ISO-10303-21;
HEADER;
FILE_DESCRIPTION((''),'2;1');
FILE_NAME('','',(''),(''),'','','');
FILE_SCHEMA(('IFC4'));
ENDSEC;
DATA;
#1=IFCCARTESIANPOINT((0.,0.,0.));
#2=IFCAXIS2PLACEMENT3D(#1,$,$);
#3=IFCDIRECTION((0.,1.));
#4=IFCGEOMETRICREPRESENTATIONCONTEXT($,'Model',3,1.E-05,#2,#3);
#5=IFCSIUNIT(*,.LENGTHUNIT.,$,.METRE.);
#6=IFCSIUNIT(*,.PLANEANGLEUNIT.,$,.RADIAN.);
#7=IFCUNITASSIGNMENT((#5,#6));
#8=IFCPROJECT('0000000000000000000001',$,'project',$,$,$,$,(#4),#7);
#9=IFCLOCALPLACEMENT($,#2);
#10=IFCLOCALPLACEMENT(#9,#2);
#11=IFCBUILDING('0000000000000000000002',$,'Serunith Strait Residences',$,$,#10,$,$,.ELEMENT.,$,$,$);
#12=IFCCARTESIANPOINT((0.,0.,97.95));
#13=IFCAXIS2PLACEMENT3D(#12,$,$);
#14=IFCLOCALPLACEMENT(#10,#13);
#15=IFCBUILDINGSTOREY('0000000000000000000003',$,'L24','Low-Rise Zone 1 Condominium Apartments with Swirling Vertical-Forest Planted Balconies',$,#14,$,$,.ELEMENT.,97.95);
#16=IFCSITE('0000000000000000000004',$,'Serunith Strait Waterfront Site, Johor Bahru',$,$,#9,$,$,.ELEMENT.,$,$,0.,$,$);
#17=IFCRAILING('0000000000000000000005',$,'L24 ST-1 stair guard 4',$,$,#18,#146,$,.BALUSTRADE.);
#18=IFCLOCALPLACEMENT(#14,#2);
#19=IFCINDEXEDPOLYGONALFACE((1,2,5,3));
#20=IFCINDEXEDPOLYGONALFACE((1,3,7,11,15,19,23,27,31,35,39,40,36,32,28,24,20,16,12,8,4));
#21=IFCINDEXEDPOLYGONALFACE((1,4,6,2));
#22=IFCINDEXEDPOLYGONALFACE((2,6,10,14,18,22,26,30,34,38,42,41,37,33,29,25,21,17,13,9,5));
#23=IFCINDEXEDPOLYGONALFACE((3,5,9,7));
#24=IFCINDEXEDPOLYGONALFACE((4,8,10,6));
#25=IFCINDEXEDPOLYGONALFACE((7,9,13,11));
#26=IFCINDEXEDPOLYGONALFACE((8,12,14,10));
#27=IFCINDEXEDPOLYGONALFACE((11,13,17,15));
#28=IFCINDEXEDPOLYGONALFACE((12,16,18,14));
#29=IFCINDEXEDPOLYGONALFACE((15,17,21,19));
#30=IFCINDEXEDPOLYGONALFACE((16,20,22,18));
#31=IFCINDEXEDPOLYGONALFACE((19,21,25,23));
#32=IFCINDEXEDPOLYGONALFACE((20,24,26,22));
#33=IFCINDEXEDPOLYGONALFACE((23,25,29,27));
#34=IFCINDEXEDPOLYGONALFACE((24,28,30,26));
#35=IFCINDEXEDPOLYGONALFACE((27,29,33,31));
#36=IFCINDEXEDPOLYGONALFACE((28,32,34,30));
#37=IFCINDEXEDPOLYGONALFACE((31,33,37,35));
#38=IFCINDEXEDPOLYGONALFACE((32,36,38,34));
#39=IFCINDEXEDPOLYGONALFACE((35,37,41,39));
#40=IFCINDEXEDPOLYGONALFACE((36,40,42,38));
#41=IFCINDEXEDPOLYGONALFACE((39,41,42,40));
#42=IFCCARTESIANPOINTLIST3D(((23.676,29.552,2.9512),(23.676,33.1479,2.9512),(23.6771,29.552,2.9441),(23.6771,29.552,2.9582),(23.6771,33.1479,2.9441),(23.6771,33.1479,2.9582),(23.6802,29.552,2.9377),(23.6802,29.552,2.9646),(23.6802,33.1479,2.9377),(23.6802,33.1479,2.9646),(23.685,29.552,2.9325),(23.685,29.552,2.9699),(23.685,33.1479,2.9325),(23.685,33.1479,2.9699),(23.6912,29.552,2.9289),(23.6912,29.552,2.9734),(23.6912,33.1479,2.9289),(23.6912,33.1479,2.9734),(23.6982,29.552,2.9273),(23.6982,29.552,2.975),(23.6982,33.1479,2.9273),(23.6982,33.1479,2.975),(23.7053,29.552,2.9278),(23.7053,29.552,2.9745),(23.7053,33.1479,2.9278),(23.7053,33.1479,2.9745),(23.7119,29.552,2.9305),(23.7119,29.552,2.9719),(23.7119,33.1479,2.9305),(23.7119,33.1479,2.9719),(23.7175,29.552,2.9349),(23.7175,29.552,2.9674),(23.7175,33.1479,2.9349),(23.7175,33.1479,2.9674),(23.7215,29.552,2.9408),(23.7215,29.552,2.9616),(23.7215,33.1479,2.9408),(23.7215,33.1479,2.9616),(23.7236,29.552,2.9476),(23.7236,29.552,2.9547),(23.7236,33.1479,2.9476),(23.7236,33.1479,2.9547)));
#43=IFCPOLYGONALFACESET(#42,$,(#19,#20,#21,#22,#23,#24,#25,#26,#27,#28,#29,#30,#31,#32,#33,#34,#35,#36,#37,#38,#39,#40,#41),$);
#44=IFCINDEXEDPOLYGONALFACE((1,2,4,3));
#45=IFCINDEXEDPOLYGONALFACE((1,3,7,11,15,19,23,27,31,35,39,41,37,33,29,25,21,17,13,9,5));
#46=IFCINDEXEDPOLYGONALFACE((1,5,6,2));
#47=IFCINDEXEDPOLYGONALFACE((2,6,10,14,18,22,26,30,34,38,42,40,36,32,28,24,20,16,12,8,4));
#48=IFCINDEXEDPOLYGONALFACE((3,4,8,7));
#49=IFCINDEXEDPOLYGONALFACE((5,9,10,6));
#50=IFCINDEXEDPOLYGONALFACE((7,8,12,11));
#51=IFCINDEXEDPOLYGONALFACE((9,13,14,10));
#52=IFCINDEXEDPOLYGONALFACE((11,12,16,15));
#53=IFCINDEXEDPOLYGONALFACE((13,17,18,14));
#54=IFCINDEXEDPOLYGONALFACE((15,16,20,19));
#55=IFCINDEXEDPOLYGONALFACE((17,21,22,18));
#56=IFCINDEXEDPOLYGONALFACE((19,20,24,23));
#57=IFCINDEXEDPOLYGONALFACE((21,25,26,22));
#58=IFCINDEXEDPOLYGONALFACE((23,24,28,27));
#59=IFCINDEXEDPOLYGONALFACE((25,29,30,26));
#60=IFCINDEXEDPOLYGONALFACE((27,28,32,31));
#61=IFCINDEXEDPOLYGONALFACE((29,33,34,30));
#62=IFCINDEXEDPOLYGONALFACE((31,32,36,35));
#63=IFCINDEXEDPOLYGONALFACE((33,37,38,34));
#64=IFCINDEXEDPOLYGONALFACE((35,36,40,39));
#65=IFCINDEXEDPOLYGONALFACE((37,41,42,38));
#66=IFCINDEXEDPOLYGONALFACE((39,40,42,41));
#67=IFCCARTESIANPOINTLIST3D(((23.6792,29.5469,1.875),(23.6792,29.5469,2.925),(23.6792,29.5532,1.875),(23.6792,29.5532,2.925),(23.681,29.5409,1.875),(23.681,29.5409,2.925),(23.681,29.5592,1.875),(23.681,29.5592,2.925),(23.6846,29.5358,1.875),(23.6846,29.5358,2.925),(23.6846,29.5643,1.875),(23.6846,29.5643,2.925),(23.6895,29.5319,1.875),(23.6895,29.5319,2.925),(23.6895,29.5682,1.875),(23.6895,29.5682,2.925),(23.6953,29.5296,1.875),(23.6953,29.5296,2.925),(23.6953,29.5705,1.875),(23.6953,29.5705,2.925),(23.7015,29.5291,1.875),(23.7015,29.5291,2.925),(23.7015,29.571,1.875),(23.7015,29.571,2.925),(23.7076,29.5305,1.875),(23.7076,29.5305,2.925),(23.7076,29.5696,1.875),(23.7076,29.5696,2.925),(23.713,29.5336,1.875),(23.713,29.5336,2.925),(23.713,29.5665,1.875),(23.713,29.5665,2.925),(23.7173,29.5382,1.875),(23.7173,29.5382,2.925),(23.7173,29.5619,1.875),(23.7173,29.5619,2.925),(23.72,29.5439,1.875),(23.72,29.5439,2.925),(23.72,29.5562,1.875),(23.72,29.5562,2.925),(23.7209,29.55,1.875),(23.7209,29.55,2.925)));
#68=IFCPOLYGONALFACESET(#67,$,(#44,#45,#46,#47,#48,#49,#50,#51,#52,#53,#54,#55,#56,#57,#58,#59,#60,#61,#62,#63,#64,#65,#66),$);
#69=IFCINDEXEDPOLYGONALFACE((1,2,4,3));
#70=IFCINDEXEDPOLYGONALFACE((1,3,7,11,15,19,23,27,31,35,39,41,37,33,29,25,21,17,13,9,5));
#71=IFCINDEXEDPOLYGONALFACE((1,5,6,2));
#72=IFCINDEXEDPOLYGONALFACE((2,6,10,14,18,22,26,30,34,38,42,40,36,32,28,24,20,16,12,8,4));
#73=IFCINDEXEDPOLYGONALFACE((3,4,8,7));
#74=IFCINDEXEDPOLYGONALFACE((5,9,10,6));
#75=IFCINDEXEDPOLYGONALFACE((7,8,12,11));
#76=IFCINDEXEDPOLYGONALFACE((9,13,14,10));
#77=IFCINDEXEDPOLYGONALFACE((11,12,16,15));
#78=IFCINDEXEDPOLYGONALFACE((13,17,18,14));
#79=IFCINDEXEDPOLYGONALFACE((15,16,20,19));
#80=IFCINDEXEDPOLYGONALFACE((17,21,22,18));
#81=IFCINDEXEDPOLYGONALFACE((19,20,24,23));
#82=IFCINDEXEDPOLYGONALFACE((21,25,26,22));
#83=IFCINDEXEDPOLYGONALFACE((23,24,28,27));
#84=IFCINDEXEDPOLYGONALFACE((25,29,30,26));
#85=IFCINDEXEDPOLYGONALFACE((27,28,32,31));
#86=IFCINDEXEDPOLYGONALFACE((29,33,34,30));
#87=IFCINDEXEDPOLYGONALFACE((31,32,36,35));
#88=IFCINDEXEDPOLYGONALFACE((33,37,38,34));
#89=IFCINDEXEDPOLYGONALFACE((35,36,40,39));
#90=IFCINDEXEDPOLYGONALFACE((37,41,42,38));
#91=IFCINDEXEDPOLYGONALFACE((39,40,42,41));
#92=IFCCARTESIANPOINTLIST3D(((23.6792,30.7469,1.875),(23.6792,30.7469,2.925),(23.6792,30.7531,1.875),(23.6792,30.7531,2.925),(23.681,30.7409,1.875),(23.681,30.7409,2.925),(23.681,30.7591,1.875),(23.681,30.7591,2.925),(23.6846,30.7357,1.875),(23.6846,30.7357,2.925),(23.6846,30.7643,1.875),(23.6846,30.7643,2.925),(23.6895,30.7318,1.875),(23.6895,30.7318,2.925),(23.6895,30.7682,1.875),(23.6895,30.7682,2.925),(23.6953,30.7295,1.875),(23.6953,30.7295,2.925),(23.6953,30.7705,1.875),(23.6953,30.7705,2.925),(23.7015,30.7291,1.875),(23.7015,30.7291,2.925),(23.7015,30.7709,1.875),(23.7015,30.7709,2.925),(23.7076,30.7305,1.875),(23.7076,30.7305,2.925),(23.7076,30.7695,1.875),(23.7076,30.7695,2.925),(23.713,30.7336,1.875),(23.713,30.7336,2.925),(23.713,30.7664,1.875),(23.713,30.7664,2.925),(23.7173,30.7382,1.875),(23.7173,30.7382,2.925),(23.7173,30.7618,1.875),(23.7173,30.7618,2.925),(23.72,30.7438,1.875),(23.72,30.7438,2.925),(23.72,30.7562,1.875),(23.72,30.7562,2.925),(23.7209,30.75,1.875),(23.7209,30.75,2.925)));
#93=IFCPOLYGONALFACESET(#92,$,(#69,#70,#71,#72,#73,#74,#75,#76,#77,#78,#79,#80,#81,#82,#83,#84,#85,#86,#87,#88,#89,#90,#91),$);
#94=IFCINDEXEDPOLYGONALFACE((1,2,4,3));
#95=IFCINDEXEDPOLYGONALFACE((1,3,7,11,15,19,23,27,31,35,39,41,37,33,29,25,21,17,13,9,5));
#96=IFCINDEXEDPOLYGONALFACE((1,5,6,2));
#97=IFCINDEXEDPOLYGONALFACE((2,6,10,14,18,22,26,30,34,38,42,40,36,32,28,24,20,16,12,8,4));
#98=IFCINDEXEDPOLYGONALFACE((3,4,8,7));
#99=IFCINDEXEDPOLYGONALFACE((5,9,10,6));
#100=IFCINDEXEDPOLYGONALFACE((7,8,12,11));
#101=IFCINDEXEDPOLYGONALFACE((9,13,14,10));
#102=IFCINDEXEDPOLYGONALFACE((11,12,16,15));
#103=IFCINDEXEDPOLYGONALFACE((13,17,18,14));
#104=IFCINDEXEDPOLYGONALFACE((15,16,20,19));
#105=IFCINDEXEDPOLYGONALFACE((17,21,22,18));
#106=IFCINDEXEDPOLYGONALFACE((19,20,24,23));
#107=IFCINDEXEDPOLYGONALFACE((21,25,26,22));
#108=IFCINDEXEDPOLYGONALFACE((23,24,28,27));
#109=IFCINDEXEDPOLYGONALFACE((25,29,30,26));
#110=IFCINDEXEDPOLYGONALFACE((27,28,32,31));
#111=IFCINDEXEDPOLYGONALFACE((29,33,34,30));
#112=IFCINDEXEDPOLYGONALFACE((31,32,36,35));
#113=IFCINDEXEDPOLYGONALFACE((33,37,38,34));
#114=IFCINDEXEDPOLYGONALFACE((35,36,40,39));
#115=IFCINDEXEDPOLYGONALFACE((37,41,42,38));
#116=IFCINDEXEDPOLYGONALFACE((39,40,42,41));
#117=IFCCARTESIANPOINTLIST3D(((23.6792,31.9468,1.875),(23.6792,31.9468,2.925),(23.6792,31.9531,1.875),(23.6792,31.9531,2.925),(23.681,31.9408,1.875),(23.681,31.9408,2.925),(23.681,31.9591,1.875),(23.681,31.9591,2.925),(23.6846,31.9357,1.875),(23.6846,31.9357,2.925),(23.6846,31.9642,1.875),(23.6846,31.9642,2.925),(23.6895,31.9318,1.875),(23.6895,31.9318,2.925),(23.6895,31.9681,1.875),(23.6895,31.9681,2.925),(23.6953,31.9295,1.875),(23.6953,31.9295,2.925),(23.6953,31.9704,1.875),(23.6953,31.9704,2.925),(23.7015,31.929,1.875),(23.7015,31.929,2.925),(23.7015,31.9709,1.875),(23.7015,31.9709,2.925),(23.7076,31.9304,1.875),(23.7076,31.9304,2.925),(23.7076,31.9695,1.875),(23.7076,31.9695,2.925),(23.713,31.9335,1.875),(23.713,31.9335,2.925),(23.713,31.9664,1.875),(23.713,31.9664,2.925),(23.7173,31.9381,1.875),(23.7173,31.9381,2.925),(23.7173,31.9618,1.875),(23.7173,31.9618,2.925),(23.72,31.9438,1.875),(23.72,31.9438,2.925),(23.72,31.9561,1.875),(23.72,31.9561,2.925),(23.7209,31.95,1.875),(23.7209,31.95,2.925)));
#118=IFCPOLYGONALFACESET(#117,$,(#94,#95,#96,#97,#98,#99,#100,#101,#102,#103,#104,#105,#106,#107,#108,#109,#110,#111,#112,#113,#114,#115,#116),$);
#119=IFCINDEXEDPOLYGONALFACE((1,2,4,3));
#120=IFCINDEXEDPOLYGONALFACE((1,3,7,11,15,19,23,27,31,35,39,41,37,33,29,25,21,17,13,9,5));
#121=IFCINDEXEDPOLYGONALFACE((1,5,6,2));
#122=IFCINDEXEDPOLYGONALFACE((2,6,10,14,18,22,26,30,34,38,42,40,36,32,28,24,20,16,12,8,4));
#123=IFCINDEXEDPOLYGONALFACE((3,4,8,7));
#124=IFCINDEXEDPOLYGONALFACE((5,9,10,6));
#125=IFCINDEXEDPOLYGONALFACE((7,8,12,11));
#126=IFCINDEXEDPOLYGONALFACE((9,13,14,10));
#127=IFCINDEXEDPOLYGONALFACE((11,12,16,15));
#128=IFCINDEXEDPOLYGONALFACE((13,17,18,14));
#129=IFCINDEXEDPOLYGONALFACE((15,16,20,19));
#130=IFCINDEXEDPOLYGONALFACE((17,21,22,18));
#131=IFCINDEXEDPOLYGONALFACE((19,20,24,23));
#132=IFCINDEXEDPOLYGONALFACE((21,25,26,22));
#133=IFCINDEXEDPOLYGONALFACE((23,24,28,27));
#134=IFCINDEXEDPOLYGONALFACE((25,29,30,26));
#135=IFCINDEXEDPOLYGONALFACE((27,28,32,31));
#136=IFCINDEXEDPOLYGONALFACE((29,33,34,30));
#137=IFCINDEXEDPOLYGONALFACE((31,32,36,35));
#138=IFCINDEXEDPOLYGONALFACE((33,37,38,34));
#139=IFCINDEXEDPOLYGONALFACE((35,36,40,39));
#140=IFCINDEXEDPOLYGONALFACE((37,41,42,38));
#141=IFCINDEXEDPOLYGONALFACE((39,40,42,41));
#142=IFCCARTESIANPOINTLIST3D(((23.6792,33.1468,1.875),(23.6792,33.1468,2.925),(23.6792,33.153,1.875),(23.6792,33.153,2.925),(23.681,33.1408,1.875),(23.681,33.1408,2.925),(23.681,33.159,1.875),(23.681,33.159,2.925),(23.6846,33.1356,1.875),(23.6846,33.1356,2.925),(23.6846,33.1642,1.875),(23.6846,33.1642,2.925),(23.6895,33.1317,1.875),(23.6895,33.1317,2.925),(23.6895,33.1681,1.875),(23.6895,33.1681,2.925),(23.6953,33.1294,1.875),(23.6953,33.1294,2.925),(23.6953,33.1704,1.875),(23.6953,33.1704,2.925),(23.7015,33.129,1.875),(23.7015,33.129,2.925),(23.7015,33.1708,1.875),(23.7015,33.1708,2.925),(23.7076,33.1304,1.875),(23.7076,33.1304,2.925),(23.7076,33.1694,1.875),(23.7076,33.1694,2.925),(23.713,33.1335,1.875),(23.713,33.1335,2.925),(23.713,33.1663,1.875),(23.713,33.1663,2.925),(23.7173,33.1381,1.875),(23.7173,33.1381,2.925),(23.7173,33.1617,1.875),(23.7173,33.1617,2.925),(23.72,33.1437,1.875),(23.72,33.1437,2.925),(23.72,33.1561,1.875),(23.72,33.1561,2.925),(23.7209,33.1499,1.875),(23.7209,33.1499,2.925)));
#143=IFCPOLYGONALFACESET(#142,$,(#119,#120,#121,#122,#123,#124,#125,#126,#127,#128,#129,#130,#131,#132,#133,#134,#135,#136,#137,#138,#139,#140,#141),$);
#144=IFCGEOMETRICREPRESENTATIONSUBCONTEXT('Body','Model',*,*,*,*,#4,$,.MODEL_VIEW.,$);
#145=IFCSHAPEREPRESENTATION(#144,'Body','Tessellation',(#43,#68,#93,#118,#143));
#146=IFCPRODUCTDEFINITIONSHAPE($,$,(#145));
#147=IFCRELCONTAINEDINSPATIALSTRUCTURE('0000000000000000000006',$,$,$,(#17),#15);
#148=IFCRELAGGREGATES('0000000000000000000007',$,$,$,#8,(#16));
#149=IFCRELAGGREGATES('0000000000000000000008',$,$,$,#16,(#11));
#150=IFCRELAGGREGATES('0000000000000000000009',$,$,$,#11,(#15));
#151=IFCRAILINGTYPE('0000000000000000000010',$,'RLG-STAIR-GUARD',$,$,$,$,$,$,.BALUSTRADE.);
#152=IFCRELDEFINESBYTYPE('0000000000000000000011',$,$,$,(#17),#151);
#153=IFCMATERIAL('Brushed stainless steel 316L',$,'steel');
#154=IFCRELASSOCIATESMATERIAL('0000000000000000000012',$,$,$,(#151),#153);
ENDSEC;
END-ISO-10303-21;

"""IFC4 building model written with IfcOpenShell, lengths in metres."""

from ifc_helpers import new_model, si_unit, direction, frame, origin, origin_2d, place, context, subcontext, project, spatial, circle, extrude, material, type_object, element, save


model = new_model("IFC4")

# Units and contexts
model_context = context("Model", 3, precision=1e-05, world=origin(), true_north=direction((0.0, 1.0)))
body_context = subcontext(model_context, "Body", "Model", "MODEL_VIEW")
ifc_project = project(units=[si_unit("LENGTHUNIT", "METRE"), si_unit("PLANEANGLEUNIT", "RADIAN")], contexts=[model_context])

# Site, building, storey
site_placement = place(None, origin())
site = spatial("IfcSite", under=ifc_project, at=site_placement, Name="Serunith Strait Waterfront Site, Johor Bahru", CompositionType="ELEMENT", RefElevation=0.0)
building_placement = place(site_placement, origin())
building = spatial("IfcBuilding", under=site, at=building_placement, Name="Serunith Strait Residences", CompositionType="ELEMENT")
storey_placement = place(building_placement, frame((0.0, 0.0, 97.95)))
storey = spatial("IfcBuildingStorey", under=building, at=storey_placement, Name="L24", Description="Low-Rise Zone 1 Condominium Apartments with Swirling Vertical-Forest Planted Balconies", CompositionType="ELEMENT", Elevation=97.95)

# Railing
ifc_material_1 = material(Name="Brushed stainless steel 316L", Category="steel")
railing_type_1 = type_object("IfcRailingType", Name="RLG-STAIR-GUARD", PredefinedType="BALUSTRADE", material=ifc_material_1)
for number, where, name in (
    (1, (23.7, 29.55, 1.875), "L24 ST-1 stair guard 4"),
):
    element("IfcRailing", number, at=place(storey_placement, frame(where)), inside=storey, type_object=railing_type_1, Name=name, PredefinedType="BALUSTRADE", context=body_context, shape_type="SweptSolid", body=[
        extrude(circle(Radius=0.0239, at=origin_2d()), frame((0.0, 0.002, 1.0762), z_axis=(0.0, 1.0, 0.0), x_axis=(-1.0, 0.0, 0.0)), (0.0, 0.0, 1.0), 3.5959),
        extrude(circle(Radius=0.021, at=origin_2d()), origin(), (0.0, 0.0, 1.0), 1.05),
        extrude(circle(Radius=0.021, at=origin_2d()), frame((0.0, 1.2, 0.0)), (0.0, 0.0, 1.0), 1.05),
        extrude(circle(Radius=0.021, at=origin_2d()), frame((0.0, 2.3999, 0.0)), (0.0, 0.0, 1.0), 1.05),
        extrude(circle(Radius=0.021, at=origin_2d()), frame((0.0, 3.5999, 0.0)), (0.0, 0.0, 1.0), 1.05),
    ])

save(model, "model.ifc")
